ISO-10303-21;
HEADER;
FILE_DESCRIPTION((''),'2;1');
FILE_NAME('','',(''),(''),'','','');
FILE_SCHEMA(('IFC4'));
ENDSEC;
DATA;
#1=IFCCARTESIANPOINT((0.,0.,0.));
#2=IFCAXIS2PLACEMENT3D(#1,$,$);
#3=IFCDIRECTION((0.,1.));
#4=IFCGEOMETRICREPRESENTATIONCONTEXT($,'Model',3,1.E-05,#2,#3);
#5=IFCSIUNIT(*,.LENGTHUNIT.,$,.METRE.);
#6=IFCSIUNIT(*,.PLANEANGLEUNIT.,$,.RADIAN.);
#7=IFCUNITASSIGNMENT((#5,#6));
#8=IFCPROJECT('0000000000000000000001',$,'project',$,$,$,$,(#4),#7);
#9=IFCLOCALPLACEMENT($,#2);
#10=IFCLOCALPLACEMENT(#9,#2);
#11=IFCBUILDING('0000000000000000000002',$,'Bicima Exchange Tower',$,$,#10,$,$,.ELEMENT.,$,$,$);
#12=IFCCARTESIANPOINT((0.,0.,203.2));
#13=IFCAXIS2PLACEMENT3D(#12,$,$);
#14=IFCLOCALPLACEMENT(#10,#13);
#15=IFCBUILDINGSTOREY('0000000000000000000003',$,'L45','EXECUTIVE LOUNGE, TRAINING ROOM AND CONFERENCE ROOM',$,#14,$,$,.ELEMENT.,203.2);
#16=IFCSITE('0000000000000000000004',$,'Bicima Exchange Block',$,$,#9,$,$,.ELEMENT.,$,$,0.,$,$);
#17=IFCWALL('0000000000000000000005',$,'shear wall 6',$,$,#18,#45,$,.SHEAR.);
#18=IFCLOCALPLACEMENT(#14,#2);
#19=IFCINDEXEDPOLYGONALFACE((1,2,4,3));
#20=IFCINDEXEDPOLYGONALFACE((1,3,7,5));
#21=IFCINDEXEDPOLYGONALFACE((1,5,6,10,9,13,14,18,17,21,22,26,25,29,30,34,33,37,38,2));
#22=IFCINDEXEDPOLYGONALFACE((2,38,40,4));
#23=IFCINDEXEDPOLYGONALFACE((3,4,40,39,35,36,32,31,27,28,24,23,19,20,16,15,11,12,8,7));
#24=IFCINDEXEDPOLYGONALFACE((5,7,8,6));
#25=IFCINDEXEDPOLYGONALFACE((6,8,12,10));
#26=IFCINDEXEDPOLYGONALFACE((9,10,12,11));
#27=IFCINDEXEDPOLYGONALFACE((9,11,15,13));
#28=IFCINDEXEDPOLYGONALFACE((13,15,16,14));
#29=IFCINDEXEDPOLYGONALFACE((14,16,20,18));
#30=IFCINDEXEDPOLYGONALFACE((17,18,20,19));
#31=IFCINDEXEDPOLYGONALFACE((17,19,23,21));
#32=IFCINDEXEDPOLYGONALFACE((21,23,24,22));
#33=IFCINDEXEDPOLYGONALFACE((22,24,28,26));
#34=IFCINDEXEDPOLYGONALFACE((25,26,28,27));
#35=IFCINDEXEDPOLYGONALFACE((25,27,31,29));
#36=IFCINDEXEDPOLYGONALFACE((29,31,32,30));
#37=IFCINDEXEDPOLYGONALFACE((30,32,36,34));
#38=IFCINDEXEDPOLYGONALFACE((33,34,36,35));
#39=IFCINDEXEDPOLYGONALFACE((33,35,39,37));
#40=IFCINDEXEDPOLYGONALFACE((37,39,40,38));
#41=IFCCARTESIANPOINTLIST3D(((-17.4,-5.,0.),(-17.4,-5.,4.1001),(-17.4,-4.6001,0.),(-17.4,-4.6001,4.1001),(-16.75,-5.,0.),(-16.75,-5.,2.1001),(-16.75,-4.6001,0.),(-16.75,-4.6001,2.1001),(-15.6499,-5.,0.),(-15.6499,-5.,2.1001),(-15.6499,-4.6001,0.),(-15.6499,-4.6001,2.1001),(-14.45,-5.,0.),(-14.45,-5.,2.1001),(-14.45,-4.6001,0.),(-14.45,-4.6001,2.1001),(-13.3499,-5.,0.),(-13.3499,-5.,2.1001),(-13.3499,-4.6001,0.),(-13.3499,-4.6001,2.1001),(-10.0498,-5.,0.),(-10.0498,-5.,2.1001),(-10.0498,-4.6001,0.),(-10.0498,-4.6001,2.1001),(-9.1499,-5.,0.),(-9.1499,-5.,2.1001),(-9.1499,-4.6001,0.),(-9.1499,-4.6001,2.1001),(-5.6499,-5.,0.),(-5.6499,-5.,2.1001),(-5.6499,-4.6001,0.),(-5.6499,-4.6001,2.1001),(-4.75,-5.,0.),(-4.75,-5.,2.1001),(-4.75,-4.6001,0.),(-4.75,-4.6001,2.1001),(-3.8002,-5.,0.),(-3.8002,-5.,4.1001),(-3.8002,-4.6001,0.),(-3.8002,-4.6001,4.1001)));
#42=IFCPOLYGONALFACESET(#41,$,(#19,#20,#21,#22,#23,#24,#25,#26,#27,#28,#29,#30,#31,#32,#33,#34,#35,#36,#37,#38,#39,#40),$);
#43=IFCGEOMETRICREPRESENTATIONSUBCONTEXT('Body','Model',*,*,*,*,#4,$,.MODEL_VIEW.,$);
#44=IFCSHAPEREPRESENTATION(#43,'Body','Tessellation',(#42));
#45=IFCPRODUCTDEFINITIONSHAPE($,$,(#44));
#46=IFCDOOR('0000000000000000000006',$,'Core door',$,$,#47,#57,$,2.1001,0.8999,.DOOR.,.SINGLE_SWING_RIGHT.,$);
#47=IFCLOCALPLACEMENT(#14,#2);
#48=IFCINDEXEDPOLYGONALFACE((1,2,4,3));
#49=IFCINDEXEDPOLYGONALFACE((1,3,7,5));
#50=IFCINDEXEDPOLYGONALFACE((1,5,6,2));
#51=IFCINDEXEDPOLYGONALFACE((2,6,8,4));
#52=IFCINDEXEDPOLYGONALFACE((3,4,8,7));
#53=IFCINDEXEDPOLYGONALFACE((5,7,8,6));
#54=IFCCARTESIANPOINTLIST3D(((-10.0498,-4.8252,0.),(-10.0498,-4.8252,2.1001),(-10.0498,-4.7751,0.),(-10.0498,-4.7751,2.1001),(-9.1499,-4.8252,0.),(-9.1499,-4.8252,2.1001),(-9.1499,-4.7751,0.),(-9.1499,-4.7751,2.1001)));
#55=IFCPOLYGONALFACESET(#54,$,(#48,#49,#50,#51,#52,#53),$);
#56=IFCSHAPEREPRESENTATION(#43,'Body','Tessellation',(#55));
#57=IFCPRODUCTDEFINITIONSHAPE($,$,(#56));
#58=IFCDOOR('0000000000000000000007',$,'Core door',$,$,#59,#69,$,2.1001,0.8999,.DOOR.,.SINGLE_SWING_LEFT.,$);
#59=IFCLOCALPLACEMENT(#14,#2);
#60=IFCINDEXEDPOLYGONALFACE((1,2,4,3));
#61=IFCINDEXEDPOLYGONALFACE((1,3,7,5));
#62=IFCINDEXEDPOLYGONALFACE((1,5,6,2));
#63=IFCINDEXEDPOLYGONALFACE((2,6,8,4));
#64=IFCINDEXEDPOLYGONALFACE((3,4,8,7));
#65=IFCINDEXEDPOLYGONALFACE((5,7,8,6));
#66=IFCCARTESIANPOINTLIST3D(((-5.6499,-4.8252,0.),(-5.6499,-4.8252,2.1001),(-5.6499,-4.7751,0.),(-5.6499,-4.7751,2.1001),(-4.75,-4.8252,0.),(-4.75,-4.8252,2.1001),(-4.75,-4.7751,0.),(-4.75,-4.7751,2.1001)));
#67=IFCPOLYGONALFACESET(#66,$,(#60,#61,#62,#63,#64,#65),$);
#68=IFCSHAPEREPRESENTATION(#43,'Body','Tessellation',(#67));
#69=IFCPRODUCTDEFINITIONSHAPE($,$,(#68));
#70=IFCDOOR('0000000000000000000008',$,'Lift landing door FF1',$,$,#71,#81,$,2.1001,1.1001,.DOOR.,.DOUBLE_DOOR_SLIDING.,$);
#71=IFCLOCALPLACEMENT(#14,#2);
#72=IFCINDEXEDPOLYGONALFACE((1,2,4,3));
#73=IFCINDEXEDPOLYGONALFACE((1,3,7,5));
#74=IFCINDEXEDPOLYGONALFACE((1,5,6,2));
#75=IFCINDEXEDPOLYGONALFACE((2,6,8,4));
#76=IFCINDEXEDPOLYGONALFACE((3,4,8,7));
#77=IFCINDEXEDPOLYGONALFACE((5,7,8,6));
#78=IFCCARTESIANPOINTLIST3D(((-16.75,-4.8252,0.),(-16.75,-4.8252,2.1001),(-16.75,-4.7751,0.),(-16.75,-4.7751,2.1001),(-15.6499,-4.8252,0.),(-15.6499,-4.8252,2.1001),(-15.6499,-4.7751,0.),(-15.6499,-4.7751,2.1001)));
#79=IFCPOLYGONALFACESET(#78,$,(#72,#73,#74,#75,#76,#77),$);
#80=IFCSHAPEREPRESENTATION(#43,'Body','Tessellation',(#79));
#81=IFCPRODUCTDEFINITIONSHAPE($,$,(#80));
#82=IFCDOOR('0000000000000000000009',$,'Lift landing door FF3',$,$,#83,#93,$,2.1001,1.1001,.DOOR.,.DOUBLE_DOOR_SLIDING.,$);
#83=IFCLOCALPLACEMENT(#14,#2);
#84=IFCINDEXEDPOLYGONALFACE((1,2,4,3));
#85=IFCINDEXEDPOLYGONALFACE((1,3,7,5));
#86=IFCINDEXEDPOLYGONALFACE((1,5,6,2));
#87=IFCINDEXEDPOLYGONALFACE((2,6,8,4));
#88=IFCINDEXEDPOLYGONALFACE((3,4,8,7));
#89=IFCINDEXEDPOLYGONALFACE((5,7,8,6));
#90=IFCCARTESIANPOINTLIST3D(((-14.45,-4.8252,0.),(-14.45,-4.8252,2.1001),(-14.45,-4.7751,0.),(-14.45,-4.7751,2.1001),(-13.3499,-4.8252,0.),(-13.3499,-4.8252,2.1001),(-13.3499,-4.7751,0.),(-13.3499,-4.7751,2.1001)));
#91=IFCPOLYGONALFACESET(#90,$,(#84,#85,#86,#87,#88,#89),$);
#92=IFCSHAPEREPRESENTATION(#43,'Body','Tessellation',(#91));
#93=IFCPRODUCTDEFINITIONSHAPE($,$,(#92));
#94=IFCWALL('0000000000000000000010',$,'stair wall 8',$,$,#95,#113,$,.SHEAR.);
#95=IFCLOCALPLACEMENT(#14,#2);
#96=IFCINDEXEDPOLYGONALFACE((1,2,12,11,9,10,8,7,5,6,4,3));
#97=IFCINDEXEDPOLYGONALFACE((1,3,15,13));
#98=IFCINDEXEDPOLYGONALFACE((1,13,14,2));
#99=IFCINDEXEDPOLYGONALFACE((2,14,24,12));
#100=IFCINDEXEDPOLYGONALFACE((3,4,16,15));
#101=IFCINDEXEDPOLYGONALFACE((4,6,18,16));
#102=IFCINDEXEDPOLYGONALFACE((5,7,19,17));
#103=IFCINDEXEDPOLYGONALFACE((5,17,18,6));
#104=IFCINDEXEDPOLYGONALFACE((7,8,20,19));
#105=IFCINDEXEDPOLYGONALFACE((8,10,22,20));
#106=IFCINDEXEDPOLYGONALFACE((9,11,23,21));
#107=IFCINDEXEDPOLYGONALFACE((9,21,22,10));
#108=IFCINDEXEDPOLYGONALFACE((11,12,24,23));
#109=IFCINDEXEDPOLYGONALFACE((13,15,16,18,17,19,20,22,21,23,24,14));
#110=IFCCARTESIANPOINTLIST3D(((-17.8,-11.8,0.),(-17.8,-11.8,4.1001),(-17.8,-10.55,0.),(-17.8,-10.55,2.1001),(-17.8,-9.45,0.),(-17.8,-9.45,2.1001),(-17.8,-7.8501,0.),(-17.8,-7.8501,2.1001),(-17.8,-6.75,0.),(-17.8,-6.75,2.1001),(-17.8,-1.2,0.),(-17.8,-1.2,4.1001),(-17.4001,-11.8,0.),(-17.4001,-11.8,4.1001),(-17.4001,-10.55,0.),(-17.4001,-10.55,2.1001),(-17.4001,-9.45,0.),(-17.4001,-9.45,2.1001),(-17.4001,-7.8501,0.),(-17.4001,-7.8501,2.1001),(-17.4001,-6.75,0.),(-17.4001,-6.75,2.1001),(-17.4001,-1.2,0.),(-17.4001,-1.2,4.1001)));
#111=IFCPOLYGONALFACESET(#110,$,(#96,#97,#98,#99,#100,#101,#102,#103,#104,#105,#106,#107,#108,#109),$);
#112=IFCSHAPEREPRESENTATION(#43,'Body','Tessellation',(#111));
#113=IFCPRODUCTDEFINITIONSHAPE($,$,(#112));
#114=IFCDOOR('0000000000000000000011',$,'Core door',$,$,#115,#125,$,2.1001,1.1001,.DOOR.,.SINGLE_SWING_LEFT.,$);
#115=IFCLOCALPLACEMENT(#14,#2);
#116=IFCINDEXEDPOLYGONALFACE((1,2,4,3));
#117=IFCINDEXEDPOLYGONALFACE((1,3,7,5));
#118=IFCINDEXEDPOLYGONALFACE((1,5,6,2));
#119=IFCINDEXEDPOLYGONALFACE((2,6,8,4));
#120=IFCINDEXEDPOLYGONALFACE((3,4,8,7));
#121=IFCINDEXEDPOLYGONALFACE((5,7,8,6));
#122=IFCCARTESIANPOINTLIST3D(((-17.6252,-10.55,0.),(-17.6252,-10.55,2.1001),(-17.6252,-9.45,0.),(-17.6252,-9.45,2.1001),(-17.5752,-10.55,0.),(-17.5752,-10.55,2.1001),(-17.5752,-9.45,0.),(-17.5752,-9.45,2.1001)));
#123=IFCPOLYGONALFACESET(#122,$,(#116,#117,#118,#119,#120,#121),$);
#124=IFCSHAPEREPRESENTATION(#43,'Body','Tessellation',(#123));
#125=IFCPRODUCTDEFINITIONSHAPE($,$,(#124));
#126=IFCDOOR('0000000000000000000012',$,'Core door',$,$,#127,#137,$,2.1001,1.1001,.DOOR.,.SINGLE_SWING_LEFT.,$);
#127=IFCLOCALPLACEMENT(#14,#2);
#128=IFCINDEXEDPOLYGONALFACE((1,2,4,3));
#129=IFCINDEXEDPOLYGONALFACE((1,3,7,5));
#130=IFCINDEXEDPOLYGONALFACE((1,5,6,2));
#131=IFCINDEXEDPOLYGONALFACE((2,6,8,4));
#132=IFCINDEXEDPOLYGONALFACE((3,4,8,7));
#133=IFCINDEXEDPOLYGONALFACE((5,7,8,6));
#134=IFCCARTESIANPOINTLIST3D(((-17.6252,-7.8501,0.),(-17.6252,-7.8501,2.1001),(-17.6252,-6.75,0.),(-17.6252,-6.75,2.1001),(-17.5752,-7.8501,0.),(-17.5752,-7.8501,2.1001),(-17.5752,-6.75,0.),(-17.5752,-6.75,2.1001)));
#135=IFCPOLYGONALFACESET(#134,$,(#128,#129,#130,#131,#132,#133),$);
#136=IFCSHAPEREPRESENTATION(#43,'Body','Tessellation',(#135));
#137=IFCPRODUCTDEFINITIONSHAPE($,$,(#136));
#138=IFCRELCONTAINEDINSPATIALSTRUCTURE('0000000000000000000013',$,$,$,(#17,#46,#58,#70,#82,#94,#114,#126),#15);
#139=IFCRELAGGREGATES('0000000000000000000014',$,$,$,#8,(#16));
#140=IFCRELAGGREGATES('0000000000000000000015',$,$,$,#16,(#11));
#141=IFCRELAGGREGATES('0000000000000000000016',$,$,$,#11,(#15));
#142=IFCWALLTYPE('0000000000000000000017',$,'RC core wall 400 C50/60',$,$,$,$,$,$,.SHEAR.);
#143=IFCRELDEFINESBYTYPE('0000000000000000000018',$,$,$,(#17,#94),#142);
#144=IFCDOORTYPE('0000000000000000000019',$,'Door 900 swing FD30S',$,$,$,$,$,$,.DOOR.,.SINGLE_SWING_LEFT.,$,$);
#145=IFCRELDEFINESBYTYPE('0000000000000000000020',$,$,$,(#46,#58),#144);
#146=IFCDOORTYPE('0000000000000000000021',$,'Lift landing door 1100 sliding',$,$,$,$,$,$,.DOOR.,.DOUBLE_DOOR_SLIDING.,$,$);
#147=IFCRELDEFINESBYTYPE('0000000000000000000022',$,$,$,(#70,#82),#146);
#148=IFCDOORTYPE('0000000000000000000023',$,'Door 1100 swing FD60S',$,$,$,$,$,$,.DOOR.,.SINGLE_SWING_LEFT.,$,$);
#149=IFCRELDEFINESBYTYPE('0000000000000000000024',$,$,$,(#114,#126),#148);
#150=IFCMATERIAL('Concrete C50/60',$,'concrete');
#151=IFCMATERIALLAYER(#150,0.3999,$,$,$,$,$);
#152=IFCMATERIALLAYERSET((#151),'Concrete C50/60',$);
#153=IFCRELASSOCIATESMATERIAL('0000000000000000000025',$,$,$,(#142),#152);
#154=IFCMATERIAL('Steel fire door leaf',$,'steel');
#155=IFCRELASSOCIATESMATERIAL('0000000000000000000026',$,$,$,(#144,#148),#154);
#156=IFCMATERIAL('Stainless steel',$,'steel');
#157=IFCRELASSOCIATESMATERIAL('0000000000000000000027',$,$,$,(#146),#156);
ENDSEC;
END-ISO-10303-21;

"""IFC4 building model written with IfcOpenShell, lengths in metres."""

from ifc_helpers import new_model, si_unit, direction, frame, frame_2d, origin, place, context, subcontext, project, spatial, rectangle, extrude, material, layer, layer_set, type_object, element, fill, save


model = new_model("IFC4")

# Units and contexts
model_context = context("Model", 3, precision=1e-05, world=origin(), true_north=direction((0.0, 1.0)))
body_context = subcontext(model_context, "Body", "Model", "MODEL_VIEW")
ifc_project = project(units=[si_unit("LENGTHUNIT", "METRE"), si_unit("PLANEANGLEUNIT", "RADIAN")], contexts=[model_context])

# Site, building, storey
site_placement = place(None, origin())
site = spatial("IfcSite", under=ifc_project, at=site_placement, Name="Bicima Exchange Block", CompositionType="ELEMENT", RefElevation=0.0)
building_placement = place(site_placement, origin())
building = spatial("IfcBuilding", under=site, at=building_placement, Name="Bicima Exchange Tower", CompositionType="ELEMENT")
storey_placement = place(building_placement, frame((0.0, 0.0, 203.2)))
storey = spatial("IfcBuildingStorey", under=building, at=storey_placement, Name="L45", Description="EXECUTIVE LOUNGE, TRAINING ROOM AND CONFERENCE ROOM", CompositionType="ELEMENT", Elevation=203.2)

# Walls, openings, doors
ifc_material_1 = material(Name="Concrete C50/60", Category="concrete")
ifc_layer_1 = layer(ifc_material_1, 0.3999)
ifc_layer_set_1 = layer_set([ifc_layer_1], Name="Concrete C50/60")
wall_type_1 = type_object("IfcWallType", Name="RC core wall 400 C50/60", PredefinedType="SHEAR", material=ifc_layer_set_1)
ifc_material_2 = material(Name="Steel fire door leaf", Category="steel")
door_type_1 = type_object("IfcDoorType", Name="Door 900 swing FD30S", OperationType="SINGLE_SWING_LEFT", PredefinedType="DOOR", material=ifc_material_2)
ifc_material_3 = material(Name="Stainless steel", Category="steel")
wall_1_placement = place(storey_placement, frame((-17.3999, -4.8, 0.0), z_axis=(0.0, 0.0, 1.0), x_axis=(1.0, 0.0, 0.0)))
wall_1 = element("IfcWall", 1, at=wall_1_placement, inside=storey, type_object=wall_type_1, Name="shear wall 6", PredefinedType="SHEAR", context=body_context, shape_type="SweptSolid", body=[
    extrude(rectangle(XDim=13.5999, YDim=0.3999, at=frame_2d((6.7998, 0.0))), origin(), (0.0, 0.0, 1.0), 4.1001),
])
opening_1_placement = place(wall_1_placement, frame((0.6499, 0.0, 0.0)))
opening_1 = element("IfcOpeningElement", 2, at=opening_1_placement, cuts=wall_1, PredefinedType="OPENING", context=body_context, shape_type="SweptSolid", body=[
    extrude(rectangle(XDim=1.1001, YDim=2.1001, at=frame_2d((0.55, 1.05))), frame((0.0, 0.2119, 0.0), z_axis=(0.0, -1.0, 0.0), x_axis=(1.0, 0.0, 0.0)), (0.0, 0.0, 1.0), 0.4238),
])
opening_2_placement = place(wall_1_placement, frame((2.95, 0.0, 0.0)))
opening_2 = element("IfcOpeningElement", 3, at=opening_2_placement, cuts=wall_1, PredefinedType="OPENING", context=body_context, shape_type="SweptSolid", body=[
    extrude(rectangle(XDim=1.1001, YDim=2.1001, at=frame_2d((0.55, 1.05))), frame((0.0, 0.2119, 0.0), z_axis=(0.0, -1.0, 0.0), x_axis=(1.0, 0.0, 0.0)), (0.0, 0.0, 1.0), 0.4238),
])
opening_3_placement = place(wall_1_placement, frame((7.3501, 0.0, 0.0)))
opening_3 = element("IfcOpeningElement", 4, at=opening_3_placement, cuts=wall_1, PredefinedType="OPENING", context=body_context, shape_type="SweptSolid", body=[
    extrude(rectangle(XDim=0.8999, YDim=2.1001, at=frame_2d((0.45, 1.05))), frame((0.0, 0.2119, 0.0), z_axis=(0.0, -1.0, 0.0), x_axis=(1.0, 0.0, 0.0)), (0.0, 0.0, 1.0), 0.4238),
])
opening_4_placement = place(wall_1_placement, frame((11.75, 0.0, 0.0)))
opening_4 = element("IfcOpeningElement", 5, at=opening_4_placement, cuts=wall_1, PredefinedType="OPENING", context=body_context, shape_type="SweptSolid", body=[
    extrude(rectangle(XDim=0.8999, YDim=2.1001, at=frame_2d((0.45, 1.05))), frame((0.0, 0.2119, 0.0), z_axis=(0.0, -1.0, 0.0), x_axis=(1.0, 0.0, 0.0)), (0.0, 0.0, 1.0), 0.4238),
])
door_1_placement = place(opening_3_placement, origin())
door_1 = element("IfcDoor", 6, at=door_1_placement, inside=storey, type_object=door_type_1, Name="Core door", OperationType="SINGLE_SWING_RIGHT", OverallHeight=2.1001, OverallWidth=0.8999, PredefinedType="DOOR", context=body_context, shape_type="SweptSolid", body=[
    extrude(rectangle(XDim=0.8999, YDim=2.1001, at=frame_2d((0.45, 1.05))), frame((0.0, 0.0249, 0.0), z_axis=(0.0, -1.0, 0.0), x_axis=(1.0, 0.0, 0.0)), (0.0, 0.0, 1.0), 0.05),
])
fill(opening_3, door_1)
door_2_placement = place(opening_4_placement, origin())
door_2 = element("IfcDoor", 7, at=door_2_placement, inside=storey, type_object=door_type_1, Name="Core door", OperationType="SINGLE_SWING_LEFT", OverallHeight=2.1001, OverallWidth=0.8999, PredefinedType="DOOR", context=body_context, shape_type="SweptSolid", body=[
    extrude(rectangle(XDim=0.8999, YDim=2.1001, at=frame_2d((0.45, 1.05))), frame((0.0, 0.0249, 0.0), z_axis=(0.0, -1.0, 0.0), x_axis=(1.0, 0.0, 0.0)), (0.0, 0.0, 1.0), 0.05),
])
fill(opening_4, door_2)
door_type_2 = type_object("IfcDoorType", Name="Lift landing door 1100 sliding", OperationType="DOUBLE_DOOR_SLIDING", PredefinedType="DOOR", material=ifc_material_3)
door_3_placement = place(opening_1_placement, origin())
door_3 = element("IfcDoor", 8, at=door_3_placement, inside=storey, type_object=door_type_2, Name="Lift landing door FF1", OperationType="DOUBLE_DOOR_SLIDING", OverallHeight=2.1001, OverallWidth=1.1001, PredefinedType="DOOR", context=body_context, shape_type="SweptSolid", body=[
    extrude(rectangle(XDim=1.1001, YDim=2.1001, at=frame_2d((0.55, 1.05))), frame((0.0, 0.0249, 0.0), z_axis=(0.0, -1.0, 0.0), x_axis=(1.0, 0.0, 0.0)), (0.0, 0.0, 1.0), 0.05),
])
fill(opening_1, door_3)
door_4_placement = place(opening_2_placement, origin())
door_4 = element("IfcDoor", 9, at=door_4_placement, inside=storey, type_object=door_type_2, Name="Lift landing door FF3", OperationType="DOUBLE_DOOR_SLIDING", OverallHeight=2.1001, OverallWidth=1.1001, PredefinedType="DOOR", context=body_context, shape_type="SweptSolid", body=[
    extrude(rectangle(XDim=1.1001, YDim=2.1001, at=frame_2d((0.55, 1.05))), frame((0.0, 0.0249, 0.0), z_axis=(0.0, -1.0, 0.0), x_axis=(1.0, 0.0, 0.0)), (0.0, 0.0, 1.0), 0.05),
])
fill(opening_2, door_4)
wall_2_placement = place(storey_placement, frame((-17.6001, -11.8, 0.0), z_axis=(0.0, 0.0, 1.0), x_axis=(0.0, 1.0, 0.0)))
wall_2 = element("IfcWall", 10, at=wall_2_placement, inside=storey, type_object=wall_type_1, Name="stair wall 8", PredefinedType="SHEAR", context=body_context, shape_type="SweptSolid", body=[
    extrude(rectangle(XDim=10.6001, YDim=0.3999, at=frame_2d((5.3, 0.0))), origin(), (0.0, 0.0, 1.0), 4.1001),
])
opening_5_placement = place(wall_2_placement, frame((1.25, 0.0, 0.0)))
opening_5 = element("IfcOpeningElement", 11, at=opening_5_placement, cuts=wall_2, PredefinedType="OPENING", context=body_context, shape_type="SweptSolid", body=[
    extrude(rectangle(XDim=1.1001, YDim=2.1001, at=frame_2d((0.55, 1.05))), frame((0.0, 0.2119, 0.0), z_axis=(0.0, -1.0, 0.0), x_axis=(1.0, 0.0, 0.0)), (0.0, 0.0, 1.0), 0.4238),
])
opening_6_placement = place(wall_2_placement, frame((3.95, 0.0, 0.0)))
opening_6 = element("IfcOpeningElement", 12, at=opening_6_placement, cuts=wall_2, PredefinedType="OPENING", context=body_context, shape_type="SweptSolid", body=[
    extrude(rectangle(XDim=1.1001, YDim=2.1001, at=frame_2d((0.55, 1.05))), frame((0.0, 0.2119, 0.0), z_axis=(0.0, -1.0, 0.0), x_axis=(1.0, 0.0, 0.0)), (0.0, 0.0, 1.0), 0.4238),
])
door_type_3 = type_object("IfcDoorType", Name="Door 1100 swing FD60S", OperationType="SINGLE_SWING_LEFT", PredefinedType="DOOR", material=ifc_material_2)
door_5_placement = place(opening_5_placement, frame((1.1001, 0.0, 0.0), z_axis=(0.0, 0.0, 1.0), x_axis=(-1.0, 0.0, 0.0)))
door_5 = element("IfcDoor", 13, at=door_5_placement, inside=storey, type_object=door_type_3, Name="Core door", OperationType="SINGLE_SWING_LEFT", OverallHeight=2.1001, OverallWidth=1.1001, PredefinedType="DOOR", context=body_context, shape_type="SweptSolid", body=[
    extrude(rectangle(XDim=1.1001, YDim=2.1001, at=frame_2d((0.55, 1.05))), frame((0.0, 0.0249, 0.0), z_axis=(0.0, -1.0, 0.0), x_axis=(1.0, 0.0, 0.0)), (0.0, 0.0, 1.0), 0.05),
])
fill(opening_5, door_5)
door_6_placement = place(opening_6_placement, frame((1.1001, 0.0, 0.0), z_axis=(0.0, 0.0, 1.0), x_axis=(-1.0, 0.0, 0.0)))
door_6 = element("IfcDoor", 14, at=door_6_placement, inside=storey, type_object=door_type_3, Name="Core door", OperationType="SINGLE_SWING_LEFT", OverallHeight=2.1001, OverallWidth=1.1001, PredefinedType="DOOR", context=body_context, shape_type="SweptSolid", body=[
    extrude(rectangle(XDim=1.1001, YDim=2.1001, at=frame_2d((0.55, 1.05))), frame((0.0, 0.0249, 0.0), z_axis=(0.0, -1.0, 0.0), x_axis=(1.0, 0.0, 0.0)), (0.0, 0.0, 1.0), 0.05),
])
fill(opening_6, door_6)

save(model, "model.ifc")
